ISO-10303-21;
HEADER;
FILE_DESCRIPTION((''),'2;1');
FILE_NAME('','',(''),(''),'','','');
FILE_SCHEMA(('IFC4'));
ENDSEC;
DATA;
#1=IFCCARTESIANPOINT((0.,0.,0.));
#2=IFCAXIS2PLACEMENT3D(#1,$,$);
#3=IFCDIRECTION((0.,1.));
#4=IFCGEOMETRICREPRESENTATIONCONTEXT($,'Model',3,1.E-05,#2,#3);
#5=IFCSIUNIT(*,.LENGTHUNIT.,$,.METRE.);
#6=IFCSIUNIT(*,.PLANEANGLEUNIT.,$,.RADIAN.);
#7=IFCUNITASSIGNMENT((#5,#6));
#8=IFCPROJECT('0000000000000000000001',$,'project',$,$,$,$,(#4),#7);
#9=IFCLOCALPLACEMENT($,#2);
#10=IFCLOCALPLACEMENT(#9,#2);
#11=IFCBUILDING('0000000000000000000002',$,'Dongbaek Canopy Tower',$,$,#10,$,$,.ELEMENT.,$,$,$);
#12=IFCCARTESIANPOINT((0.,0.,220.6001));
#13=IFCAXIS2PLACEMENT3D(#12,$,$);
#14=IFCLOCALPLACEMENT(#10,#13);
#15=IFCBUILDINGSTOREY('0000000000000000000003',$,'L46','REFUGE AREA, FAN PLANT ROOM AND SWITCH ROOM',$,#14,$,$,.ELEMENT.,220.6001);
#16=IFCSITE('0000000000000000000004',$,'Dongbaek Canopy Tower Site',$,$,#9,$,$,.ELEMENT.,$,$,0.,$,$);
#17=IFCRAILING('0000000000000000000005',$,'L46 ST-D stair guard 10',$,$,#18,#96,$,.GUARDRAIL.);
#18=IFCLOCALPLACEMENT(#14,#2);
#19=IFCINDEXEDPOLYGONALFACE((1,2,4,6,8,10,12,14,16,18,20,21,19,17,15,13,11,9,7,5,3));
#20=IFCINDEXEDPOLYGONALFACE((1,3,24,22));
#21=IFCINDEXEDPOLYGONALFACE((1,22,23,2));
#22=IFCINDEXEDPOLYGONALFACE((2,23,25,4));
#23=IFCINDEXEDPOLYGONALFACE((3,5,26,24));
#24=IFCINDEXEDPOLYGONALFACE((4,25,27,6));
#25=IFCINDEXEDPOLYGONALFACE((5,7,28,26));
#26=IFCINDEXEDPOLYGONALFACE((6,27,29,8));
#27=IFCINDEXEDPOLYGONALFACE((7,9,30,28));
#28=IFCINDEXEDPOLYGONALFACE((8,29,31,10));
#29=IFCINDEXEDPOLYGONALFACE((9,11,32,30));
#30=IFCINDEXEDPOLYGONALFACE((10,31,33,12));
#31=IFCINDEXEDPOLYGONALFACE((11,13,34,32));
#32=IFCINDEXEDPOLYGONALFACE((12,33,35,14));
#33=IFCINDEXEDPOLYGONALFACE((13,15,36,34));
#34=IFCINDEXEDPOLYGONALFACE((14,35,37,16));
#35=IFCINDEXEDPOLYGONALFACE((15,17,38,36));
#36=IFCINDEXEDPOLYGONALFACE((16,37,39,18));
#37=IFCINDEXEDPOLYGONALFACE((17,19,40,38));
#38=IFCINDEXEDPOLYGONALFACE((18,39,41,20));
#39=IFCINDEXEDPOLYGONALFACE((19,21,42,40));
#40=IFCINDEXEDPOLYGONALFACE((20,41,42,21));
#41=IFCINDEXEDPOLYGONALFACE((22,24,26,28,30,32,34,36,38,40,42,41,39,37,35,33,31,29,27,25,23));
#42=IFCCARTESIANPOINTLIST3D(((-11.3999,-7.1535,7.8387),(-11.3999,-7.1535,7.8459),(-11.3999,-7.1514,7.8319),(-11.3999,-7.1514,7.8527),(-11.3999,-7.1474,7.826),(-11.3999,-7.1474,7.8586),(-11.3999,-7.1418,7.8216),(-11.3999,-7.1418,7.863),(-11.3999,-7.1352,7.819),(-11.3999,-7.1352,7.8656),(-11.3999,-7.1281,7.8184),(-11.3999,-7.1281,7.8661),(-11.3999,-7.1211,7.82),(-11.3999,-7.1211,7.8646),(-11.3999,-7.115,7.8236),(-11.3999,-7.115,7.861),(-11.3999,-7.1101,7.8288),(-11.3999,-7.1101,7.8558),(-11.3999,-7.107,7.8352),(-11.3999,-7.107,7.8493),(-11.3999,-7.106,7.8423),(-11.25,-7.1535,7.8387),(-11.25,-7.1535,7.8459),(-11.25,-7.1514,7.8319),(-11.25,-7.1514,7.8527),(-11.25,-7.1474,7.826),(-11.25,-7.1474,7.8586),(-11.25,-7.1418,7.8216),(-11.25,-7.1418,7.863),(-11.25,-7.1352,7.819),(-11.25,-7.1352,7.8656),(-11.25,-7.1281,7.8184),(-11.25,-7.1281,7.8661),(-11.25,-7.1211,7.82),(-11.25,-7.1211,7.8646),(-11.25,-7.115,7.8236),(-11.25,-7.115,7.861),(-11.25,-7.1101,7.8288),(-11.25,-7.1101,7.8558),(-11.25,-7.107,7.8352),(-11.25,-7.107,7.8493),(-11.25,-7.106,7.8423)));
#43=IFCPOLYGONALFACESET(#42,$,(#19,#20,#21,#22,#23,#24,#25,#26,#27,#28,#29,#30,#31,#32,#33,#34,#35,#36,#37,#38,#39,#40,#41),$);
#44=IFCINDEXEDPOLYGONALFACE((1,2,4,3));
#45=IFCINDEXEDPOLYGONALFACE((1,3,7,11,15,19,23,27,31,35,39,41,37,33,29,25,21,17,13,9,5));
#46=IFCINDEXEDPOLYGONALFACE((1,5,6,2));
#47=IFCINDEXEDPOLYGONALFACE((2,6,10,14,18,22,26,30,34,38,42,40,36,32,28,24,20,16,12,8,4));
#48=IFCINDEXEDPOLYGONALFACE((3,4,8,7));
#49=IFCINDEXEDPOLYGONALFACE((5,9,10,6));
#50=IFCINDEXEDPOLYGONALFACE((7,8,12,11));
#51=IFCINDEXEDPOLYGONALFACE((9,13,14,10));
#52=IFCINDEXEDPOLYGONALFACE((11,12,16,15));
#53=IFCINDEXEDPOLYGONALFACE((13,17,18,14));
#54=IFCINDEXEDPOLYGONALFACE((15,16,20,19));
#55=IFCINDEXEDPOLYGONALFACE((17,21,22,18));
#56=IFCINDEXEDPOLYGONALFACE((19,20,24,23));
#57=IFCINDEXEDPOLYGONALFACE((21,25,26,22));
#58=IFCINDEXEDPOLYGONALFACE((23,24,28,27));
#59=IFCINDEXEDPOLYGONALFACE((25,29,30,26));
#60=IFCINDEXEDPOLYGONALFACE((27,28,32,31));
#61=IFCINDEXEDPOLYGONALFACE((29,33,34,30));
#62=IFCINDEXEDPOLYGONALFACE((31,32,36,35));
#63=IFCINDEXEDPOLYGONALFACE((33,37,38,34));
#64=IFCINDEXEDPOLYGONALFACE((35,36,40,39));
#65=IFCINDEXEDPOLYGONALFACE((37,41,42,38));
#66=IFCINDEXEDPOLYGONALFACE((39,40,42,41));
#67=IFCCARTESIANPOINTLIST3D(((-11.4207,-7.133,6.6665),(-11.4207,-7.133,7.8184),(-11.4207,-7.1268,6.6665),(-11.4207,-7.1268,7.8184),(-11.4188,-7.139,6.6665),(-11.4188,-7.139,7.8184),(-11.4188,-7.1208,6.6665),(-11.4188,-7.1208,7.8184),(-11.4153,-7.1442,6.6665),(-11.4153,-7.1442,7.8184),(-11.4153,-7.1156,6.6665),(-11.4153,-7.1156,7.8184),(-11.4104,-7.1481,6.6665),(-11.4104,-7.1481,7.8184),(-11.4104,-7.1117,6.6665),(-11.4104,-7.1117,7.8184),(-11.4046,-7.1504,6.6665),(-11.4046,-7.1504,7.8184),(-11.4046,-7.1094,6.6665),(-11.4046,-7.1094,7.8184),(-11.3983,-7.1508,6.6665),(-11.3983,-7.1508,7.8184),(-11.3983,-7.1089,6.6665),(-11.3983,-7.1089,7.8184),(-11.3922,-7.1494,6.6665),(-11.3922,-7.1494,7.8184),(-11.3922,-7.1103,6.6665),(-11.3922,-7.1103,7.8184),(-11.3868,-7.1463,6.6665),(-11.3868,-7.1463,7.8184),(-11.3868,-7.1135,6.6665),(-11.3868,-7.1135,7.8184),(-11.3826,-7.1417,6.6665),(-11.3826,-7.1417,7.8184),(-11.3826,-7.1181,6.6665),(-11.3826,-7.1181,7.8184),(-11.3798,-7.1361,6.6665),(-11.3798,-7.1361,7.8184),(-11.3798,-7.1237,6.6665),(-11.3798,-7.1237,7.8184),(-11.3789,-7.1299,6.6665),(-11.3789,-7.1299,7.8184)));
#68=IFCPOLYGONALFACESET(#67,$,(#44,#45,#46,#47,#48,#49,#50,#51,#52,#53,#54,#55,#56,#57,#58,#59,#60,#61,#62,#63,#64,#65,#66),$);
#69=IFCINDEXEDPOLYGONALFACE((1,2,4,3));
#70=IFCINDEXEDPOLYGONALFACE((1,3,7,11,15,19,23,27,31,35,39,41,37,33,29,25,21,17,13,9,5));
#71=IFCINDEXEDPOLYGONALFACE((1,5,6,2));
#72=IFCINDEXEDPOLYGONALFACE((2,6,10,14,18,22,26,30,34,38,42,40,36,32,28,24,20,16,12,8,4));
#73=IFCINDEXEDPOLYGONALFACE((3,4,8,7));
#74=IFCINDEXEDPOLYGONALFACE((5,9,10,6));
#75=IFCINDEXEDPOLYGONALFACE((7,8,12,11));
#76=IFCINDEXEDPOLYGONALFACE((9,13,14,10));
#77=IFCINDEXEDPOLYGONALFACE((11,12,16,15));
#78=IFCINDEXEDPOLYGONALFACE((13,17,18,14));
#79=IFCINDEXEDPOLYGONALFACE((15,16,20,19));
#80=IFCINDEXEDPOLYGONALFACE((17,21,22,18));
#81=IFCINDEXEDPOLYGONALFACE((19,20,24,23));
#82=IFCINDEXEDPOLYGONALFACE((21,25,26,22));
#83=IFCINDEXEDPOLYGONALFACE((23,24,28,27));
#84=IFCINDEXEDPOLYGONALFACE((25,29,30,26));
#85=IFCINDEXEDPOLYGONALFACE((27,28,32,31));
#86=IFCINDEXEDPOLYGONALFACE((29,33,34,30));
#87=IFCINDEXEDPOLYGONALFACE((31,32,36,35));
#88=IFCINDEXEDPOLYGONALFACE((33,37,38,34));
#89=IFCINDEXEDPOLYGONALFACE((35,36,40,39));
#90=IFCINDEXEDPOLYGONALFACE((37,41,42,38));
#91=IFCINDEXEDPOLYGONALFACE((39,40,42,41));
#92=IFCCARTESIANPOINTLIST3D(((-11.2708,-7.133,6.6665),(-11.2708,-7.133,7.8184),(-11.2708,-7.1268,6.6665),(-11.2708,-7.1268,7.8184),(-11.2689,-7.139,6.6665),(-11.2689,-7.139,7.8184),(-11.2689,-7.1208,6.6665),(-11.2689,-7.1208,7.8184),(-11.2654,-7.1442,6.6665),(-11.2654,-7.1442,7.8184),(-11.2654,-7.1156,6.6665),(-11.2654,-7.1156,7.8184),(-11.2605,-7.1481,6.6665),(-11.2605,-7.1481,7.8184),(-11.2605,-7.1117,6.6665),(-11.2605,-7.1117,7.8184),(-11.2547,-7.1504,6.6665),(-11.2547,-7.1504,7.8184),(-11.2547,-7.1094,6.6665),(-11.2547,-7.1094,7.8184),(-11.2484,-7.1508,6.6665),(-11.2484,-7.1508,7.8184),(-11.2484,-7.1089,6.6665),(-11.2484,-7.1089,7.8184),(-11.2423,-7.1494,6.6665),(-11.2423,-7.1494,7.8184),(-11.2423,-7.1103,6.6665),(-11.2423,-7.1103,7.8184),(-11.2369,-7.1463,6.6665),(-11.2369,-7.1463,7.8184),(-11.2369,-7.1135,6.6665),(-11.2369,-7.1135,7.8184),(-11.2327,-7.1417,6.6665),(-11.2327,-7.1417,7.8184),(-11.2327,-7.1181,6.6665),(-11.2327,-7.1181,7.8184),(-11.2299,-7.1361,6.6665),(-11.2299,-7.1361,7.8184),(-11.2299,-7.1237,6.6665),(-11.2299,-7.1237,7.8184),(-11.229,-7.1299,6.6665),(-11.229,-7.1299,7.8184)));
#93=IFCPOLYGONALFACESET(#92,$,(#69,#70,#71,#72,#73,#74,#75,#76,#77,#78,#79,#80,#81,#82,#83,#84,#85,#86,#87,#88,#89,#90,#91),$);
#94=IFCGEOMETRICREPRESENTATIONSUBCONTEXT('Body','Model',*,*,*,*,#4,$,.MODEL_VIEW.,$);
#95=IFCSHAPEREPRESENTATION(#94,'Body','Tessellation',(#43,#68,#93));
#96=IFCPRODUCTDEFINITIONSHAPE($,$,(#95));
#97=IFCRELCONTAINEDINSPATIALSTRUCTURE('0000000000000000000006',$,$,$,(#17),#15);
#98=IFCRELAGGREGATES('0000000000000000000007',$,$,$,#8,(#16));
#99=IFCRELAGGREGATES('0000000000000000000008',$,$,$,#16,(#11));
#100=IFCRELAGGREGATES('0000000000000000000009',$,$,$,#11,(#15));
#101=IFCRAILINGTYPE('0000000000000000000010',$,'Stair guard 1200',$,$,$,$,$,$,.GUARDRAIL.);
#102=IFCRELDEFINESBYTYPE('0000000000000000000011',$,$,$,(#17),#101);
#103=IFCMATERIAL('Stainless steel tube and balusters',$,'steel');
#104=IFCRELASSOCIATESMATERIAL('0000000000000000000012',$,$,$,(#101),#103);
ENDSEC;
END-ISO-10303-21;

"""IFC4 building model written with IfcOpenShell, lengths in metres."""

from ifc_helpers import new_model, si_unit, direction, frame, origin, origin_2d, place, context, subcontext, project, spatial, circle, extrude, material, type_object, element, save


model = new_model("IFC4")

# Units and contexts
model_context = context("Model", 3, precision=1e-05, world=origin(), true_north=direction((0.0, 1.0)))
body_context = subcontext(model_context, "Body", "Model", "MODEL_VIEW")
ifc_project = project(units=[si_unit("LENGTHUNIT", "METRE"), si_unit("PLANEANGLEUNIT", "RADIAN")], contexts=[model_context])

# Site, building, storey
site_placement = place(None, origin())
site = spatial("IfcSite", under=ifc_project, at=site_placement, Name="Dongbaek Canopy Tower Site", CompositionType="ELEMENT", RefElevation=0.0)
building_placement = place(site_placement, origin())
building = spatial("IfcBuilding", under=site, at=building_placement, Name="Dongbaek Canopy Tower", CompositionType="ELEMENT")
storey_placement = place(building_placement, frame((0.0, 0.0, 220.6001)))
storey = spatial("IfcBuildingStorey", under=building, at=storey_placement, Name="L46", Description="REFUGE AREA, FAN PLANT ROOM AND SWITCH ROOM", CompositionType="ELEMENT", Elevation=220.6001)

# Railing
ifc_material_1 = material(Name="Stainless steel tube and balusters", Category="steel")
railing_type = type_object("IfcRailingType", Name="Stair guard 1200", PredefinedType="GUARDRAIL", material=ifc_material_1)
railing_1_placement = place(storey_placement, frame((-11.3999, -7.1299, 6.6665)))
element("IfcRailing", 1, at=railing_1_placement, inside=storey, type_object=railing_type, Name="L46 ST-D stair guard 10", PredefinedType="GUARDRAIL", context=body_context, shape_type="SweptSolid", body=[
    extrude(circle(Radius=0.0239, at=origin_2d()), frame((0.0, 0.0, 1.1758), z_axis=(1.0, 0.0, 0.0), x_axis=(0.0, 1.0, 0.0)), (0.0, 0.0, 1.0), 0.1499),
    extrude(circle(Radius=0.021, at=origin_2d()), origin(), (0.0, 0.0, 1.0), 1.1519),
    extrude(circle(Radius=0.021, at=origin_2d()), frame((0.1499, 0.0, 0.0)), (0.0, 0.0, 1.0), 1.1519),
])

save(model, "model.ifc")
